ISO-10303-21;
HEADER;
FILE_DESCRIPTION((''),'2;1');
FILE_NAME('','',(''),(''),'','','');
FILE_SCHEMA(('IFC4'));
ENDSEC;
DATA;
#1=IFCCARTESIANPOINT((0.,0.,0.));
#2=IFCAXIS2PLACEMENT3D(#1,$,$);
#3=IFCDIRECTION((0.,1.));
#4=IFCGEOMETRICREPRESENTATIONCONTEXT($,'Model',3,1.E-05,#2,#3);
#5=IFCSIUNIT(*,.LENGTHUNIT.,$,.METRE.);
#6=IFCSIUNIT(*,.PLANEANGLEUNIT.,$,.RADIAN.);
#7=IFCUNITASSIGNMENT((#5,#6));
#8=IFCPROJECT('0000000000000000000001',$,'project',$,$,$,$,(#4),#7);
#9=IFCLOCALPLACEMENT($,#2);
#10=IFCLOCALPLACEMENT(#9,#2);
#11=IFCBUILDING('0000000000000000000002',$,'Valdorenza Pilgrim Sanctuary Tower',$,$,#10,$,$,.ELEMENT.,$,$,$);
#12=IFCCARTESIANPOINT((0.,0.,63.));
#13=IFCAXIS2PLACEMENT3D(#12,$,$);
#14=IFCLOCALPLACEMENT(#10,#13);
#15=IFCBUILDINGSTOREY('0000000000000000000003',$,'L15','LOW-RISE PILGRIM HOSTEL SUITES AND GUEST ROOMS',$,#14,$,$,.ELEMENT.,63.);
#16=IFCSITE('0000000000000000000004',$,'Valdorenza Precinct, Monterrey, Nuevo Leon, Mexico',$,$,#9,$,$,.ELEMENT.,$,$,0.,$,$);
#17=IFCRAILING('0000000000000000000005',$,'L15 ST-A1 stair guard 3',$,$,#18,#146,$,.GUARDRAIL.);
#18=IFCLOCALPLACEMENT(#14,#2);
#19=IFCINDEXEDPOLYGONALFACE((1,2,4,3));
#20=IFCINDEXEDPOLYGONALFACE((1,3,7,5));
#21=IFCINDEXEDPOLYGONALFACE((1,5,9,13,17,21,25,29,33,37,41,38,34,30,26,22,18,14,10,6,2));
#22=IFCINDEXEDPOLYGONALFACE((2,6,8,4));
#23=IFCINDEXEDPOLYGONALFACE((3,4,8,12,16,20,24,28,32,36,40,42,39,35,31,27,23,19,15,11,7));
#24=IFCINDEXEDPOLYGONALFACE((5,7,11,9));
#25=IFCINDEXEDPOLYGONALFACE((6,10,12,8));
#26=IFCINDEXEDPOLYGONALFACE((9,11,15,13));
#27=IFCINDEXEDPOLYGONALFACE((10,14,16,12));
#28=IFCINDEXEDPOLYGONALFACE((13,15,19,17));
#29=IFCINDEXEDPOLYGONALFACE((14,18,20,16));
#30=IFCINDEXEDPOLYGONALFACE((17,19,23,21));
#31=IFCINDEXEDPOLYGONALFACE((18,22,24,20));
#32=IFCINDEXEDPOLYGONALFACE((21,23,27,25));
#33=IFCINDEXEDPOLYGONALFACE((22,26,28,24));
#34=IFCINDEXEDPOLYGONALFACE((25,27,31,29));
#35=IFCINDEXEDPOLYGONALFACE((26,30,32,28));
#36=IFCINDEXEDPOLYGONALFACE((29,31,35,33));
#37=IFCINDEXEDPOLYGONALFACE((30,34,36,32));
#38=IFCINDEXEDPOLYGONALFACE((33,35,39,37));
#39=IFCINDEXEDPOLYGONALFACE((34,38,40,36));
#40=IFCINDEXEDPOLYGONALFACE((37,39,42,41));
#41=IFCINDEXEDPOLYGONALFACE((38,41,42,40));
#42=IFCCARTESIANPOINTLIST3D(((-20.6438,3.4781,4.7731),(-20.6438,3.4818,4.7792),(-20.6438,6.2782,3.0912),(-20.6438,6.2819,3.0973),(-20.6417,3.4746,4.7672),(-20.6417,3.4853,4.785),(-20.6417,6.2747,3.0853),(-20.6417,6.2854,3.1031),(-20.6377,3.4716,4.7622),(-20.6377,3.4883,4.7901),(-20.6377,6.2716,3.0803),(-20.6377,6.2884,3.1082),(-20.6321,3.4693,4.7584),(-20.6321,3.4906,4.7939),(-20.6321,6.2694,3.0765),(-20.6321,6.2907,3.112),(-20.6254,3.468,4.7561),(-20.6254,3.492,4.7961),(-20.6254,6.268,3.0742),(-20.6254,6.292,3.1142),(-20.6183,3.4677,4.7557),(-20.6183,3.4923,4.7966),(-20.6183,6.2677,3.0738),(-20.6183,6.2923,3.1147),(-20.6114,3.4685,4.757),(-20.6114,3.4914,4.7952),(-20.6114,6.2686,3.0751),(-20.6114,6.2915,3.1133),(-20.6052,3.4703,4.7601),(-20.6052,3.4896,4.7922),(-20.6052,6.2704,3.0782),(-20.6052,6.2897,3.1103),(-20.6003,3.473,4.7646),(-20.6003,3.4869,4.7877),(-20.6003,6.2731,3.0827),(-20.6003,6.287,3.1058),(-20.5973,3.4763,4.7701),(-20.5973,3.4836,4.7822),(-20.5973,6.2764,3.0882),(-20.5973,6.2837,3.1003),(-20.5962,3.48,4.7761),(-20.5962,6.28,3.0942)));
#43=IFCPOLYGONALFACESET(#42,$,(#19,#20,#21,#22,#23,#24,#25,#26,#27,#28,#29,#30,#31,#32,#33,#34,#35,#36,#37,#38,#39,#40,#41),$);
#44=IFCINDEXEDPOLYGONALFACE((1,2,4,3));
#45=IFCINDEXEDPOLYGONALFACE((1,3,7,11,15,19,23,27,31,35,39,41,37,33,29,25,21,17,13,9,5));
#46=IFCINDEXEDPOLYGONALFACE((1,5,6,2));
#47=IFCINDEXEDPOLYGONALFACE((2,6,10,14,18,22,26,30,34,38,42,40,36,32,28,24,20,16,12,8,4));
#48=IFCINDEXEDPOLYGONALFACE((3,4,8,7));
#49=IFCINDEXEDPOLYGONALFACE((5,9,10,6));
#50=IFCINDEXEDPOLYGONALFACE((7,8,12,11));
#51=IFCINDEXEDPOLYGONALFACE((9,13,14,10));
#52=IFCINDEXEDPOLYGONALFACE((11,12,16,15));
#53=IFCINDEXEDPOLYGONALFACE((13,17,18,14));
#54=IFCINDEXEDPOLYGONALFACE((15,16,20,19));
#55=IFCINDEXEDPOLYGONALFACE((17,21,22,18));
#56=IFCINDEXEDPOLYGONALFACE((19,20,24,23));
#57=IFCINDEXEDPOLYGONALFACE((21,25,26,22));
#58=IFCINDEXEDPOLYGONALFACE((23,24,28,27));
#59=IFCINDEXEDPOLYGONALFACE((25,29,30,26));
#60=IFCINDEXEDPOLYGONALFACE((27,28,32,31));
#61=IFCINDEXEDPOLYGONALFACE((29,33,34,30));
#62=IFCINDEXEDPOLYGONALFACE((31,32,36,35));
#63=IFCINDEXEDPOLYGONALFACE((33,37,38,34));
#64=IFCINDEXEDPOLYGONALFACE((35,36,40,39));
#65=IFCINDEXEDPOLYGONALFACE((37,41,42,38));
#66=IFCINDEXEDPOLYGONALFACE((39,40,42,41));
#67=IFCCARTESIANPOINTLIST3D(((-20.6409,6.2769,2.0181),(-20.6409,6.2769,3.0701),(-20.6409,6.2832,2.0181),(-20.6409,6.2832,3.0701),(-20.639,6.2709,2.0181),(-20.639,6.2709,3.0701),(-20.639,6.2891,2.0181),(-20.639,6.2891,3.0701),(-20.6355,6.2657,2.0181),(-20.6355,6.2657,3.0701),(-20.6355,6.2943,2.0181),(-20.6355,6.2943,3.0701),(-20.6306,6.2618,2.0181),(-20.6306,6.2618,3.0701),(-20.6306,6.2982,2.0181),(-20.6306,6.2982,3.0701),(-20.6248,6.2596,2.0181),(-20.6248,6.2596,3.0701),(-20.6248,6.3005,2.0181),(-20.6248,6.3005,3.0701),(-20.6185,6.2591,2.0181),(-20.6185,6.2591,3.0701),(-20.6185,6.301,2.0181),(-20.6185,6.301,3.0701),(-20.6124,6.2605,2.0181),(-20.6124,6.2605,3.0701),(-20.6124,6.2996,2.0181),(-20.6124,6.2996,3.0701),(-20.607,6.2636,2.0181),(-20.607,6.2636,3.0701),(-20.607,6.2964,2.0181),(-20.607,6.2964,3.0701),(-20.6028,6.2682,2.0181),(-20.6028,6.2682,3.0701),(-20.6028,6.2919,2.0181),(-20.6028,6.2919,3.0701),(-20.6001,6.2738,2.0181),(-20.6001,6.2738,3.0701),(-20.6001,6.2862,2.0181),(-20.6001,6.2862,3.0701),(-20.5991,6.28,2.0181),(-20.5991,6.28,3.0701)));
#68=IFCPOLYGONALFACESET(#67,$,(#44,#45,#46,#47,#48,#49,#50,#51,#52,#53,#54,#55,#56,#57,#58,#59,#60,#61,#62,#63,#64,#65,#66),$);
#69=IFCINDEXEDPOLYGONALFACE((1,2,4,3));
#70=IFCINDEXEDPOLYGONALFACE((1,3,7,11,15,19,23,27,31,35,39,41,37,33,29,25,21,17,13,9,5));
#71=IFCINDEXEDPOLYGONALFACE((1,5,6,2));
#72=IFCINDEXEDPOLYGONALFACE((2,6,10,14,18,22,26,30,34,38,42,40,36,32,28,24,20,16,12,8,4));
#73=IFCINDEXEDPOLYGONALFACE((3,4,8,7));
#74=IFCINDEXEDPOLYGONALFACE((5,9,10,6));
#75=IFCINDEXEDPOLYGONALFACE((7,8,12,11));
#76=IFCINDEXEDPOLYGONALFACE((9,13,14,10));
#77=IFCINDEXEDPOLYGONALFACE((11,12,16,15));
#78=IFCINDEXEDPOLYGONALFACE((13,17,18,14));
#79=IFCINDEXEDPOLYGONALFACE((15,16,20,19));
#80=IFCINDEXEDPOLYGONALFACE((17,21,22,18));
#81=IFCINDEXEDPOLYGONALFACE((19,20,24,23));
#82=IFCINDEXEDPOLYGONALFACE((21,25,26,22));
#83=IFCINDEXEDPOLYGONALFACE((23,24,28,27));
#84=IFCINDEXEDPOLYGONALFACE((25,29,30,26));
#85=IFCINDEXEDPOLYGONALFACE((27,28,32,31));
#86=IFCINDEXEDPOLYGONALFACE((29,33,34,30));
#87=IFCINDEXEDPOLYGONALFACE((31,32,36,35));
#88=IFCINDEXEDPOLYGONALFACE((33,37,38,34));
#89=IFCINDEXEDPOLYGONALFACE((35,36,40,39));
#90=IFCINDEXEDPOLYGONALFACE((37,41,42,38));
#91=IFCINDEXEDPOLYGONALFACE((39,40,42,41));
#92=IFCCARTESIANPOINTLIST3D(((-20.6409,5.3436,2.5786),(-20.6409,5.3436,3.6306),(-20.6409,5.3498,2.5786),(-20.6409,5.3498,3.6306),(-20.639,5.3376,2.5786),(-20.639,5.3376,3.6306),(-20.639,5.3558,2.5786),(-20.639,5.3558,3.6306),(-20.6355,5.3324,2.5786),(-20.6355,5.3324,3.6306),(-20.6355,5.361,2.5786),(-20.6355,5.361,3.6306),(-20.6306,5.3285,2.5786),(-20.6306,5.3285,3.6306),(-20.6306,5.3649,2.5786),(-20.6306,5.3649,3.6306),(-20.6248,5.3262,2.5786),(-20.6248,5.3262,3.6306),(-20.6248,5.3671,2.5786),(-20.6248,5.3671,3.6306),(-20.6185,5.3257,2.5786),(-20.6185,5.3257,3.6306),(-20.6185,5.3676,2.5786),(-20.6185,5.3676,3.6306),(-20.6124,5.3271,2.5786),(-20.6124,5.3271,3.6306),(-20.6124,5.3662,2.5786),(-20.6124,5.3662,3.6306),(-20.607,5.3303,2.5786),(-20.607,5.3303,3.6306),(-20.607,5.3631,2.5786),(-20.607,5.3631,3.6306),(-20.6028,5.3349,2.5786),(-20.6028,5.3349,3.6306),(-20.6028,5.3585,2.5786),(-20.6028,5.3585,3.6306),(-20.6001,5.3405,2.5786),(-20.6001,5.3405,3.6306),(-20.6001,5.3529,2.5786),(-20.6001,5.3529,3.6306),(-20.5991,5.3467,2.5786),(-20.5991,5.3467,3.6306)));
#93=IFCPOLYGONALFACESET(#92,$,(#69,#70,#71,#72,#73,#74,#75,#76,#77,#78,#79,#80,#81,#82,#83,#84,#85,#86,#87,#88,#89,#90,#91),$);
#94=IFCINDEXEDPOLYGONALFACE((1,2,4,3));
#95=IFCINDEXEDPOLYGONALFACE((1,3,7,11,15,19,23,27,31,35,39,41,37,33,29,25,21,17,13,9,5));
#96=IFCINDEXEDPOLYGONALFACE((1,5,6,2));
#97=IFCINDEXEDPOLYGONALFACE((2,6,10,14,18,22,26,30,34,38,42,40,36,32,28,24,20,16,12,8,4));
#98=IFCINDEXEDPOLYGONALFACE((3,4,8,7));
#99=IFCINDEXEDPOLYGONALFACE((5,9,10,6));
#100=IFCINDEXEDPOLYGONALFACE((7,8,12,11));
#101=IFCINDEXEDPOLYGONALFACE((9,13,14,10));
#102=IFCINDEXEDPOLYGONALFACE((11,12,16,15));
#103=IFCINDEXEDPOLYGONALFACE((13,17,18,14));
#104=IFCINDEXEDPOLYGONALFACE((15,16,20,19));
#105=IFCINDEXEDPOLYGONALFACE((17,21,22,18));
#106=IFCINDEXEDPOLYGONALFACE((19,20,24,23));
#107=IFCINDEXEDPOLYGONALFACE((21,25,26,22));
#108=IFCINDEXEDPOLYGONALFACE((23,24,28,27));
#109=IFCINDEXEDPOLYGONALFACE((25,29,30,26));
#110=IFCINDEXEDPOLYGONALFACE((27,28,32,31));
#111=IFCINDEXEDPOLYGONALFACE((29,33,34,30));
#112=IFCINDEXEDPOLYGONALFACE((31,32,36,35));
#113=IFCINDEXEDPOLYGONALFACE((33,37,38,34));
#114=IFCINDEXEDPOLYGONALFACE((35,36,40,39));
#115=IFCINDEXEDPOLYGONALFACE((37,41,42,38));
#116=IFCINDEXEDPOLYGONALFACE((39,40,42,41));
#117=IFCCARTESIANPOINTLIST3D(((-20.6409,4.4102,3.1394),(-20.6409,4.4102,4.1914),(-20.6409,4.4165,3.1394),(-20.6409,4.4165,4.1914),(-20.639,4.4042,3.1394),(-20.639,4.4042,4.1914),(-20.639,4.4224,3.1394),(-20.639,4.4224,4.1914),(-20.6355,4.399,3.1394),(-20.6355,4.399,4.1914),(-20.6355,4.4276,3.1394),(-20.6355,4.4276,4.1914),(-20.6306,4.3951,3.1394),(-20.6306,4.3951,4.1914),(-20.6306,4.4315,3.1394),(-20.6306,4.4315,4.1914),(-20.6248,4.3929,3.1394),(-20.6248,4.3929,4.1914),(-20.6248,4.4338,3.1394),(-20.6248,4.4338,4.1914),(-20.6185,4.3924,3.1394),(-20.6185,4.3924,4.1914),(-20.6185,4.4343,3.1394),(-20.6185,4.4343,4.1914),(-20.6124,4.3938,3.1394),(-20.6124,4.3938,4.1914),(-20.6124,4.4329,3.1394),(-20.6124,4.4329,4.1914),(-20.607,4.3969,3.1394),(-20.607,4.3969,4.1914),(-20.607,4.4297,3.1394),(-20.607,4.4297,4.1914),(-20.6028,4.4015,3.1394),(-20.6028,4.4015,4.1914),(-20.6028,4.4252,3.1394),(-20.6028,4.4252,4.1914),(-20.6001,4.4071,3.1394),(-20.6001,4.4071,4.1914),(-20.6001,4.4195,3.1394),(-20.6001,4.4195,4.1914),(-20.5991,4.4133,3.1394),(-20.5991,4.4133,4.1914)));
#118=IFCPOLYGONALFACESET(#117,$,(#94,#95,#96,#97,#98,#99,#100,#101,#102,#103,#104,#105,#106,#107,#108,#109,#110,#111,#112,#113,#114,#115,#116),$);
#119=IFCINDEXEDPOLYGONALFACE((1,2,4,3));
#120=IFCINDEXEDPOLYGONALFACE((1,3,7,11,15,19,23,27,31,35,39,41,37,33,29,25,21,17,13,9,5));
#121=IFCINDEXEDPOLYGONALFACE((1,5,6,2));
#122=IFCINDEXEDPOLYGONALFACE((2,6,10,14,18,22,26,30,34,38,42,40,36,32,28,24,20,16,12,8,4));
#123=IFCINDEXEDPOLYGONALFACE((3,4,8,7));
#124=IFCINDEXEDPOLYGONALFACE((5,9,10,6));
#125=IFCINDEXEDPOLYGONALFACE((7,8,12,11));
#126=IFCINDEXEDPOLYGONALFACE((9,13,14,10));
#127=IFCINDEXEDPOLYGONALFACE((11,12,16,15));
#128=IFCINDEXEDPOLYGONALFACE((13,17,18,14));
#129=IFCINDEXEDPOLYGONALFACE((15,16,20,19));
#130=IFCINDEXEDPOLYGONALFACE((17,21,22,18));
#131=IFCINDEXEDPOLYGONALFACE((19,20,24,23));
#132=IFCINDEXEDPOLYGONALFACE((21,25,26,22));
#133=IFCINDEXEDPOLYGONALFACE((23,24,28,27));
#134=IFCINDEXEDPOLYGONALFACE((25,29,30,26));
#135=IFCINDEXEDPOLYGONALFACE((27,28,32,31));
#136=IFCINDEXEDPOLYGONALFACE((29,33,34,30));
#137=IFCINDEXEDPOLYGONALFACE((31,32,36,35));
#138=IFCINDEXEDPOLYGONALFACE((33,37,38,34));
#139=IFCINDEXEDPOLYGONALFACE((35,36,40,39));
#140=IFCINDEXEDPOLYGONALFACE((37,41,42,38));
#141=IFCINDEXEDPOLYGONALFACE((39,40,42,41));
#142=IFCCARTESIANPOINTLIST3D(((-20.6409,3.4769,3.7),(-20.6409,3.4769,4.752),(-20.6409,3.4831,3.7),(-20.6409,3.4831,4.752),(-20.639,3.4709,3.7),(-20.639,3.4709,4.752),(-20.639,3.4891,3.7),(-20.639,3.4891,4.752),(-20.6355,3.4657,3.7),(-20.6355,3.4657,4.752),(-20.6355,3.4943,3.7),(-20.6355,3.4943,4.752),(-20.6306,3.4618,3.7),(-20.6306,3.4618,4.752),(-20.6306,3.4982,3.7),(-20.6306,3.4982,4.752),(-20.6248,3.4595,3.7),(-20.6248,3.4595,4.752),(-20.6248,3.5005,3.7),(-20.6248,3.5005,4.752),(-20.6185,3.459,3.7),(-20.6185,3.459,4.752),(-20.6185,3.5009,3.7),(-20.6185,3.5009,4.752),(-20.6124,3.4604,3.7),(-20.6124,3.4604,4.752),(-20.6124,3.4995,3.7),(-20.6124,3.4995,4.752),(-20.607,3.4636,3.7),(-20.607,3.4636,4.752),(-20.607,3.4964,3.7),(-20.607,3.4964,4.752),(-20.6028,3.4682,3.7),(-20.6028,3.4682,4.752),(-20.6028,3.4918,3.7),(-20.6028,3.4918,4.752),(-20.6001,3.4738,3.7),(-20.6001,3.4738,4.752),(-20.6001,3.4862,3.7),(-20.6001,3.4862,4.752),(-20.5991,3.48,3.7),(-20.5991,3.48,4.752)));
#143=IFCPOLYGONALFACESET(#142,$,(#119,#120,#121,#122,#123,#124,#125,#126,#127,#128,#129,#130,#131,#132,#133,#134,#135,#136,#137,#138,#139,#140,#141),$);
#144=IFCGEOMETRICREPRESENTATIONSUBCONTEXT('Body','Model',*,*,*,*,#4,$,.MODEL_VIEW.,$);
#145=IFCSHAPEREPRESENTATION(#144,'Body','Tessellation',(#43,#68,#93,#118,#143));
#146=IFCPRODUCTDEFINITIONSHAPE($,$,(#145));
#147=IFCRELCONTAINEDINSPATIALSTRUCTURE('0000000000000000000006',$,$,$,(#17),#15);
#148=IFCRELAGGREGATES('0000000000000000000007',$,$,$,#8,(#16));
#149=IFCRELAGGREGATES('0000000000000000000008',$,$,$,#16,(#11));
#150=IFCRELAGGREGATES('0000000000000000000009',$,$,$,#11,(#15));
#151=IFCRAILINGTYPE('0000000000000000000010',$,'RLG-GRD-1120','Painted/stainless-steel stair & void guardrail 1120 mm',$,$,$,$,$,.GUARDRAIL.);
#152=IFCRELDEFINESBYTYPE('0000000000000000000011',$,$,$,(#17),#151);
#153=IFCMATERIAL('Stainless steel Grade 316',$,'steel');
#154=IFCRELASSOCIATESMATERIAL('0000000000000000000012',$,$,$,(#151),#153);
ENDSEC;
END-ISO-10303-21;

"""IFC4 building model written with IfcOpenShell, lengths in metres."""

from ifc_helpers import new_model, si_unit, direction, frame, origin, origin_2d, place, context, subcontext, project, spatial, circle, extrude, material, type_object, element, save


model = new_model("IFC4")

# Units and contexts
model_context = context("Model", 3, precision=1e-05, world=origin(), true_north=direction((0.0, 1.0)))
body_context = subcontext(model_context, "Body", "Model", "MODEL_VIEW")
ifc_project = project(units=[si_unit("LENGTHUNIT", "METRE"), si_unit("PLANEANGLEUNIT", "RADIAN")], contexts=[model_context])

# Site, building, storey
site_placement = place(None, origin())
site = spatial("IfcSite", under=ifc_project, at=site_placement, Name="Valdorenza Precinct, Monterrey, Nuevo Leon, Mexico", CompositionType="ELEMENT", RefElevation=0.0)
building_placement = place(site_placement, origin())
building = spatial("IfcBuilding", under=site, at=building_placement, Name="Valdorenza Pilgrim Sanctuary Tower", CompositionType="ELEMENT")
storey_placement = place(building_placement, frame((0.0, 0.0, 63.0)))
storey = spatial("IfcBuildingStorey", under=building, at=storey_placement, Name="L15", Description="LOW-RISE PILGRIM HOSTEL SUITES AND GUEST ROOMS", CompositionType="ELEMENT", Elevation=63.0)

# Railing
ifc_material_1 = material(Name="Stainless steel Grade 316", Category="steel")
railing_type_1 = type_object("IfcRailingType", Name="RLG-GRD-1120", Description="Painted/stainless-steel stair & void guardrail 1120 mm", PredefinedType="GUARDRAIL", material=ifc_material_1)
railing_1_placement = place(storey_placement, frame((-20.6201, 6.28, 2.0181)))
element("IfcRailing", 1, at=railing_1_placement, inside=storey, type_object=railing_type_1, Name="L15 ST-A1 stair guard 3", PredefinedType="GUARDRAIL", context=body_context, shape_type="SweptSolid", body=[
    extrude(circle(Radius=0.0239, at=origin_2d()), frame((0.0, 0.0, 1.0762), z_axis=(0.0, -0.857242, 0.514913), x_axis=(1.0, 0.0, 0.0)), (0.0, 0.0, 1.0), 3.2664),
    extrude(circle(Radius=0.021, at=origin_2d()), origin(), (0.0, 0.0, 1.0), 1.052),
    extrude(circle(Radius=0.021, at=origin_2d()), frame((0.0, -0.9333, 0.5605)), (0.0, 0.0, 1.0), 1.052),
    extrude(circle(Radius=0.021, at=origin_2d()), frame((0.0, -1.8667, 1.1213)), (0.0, 0.0, 1.0), 1.052),
    extrude(circle(Radius=0.021, at=origin_2d()), frame((0.0, -2.8, 1.6819)), (0.0, 0.0, 1.0), 1.052),
])

save(model, "model.ifc")
